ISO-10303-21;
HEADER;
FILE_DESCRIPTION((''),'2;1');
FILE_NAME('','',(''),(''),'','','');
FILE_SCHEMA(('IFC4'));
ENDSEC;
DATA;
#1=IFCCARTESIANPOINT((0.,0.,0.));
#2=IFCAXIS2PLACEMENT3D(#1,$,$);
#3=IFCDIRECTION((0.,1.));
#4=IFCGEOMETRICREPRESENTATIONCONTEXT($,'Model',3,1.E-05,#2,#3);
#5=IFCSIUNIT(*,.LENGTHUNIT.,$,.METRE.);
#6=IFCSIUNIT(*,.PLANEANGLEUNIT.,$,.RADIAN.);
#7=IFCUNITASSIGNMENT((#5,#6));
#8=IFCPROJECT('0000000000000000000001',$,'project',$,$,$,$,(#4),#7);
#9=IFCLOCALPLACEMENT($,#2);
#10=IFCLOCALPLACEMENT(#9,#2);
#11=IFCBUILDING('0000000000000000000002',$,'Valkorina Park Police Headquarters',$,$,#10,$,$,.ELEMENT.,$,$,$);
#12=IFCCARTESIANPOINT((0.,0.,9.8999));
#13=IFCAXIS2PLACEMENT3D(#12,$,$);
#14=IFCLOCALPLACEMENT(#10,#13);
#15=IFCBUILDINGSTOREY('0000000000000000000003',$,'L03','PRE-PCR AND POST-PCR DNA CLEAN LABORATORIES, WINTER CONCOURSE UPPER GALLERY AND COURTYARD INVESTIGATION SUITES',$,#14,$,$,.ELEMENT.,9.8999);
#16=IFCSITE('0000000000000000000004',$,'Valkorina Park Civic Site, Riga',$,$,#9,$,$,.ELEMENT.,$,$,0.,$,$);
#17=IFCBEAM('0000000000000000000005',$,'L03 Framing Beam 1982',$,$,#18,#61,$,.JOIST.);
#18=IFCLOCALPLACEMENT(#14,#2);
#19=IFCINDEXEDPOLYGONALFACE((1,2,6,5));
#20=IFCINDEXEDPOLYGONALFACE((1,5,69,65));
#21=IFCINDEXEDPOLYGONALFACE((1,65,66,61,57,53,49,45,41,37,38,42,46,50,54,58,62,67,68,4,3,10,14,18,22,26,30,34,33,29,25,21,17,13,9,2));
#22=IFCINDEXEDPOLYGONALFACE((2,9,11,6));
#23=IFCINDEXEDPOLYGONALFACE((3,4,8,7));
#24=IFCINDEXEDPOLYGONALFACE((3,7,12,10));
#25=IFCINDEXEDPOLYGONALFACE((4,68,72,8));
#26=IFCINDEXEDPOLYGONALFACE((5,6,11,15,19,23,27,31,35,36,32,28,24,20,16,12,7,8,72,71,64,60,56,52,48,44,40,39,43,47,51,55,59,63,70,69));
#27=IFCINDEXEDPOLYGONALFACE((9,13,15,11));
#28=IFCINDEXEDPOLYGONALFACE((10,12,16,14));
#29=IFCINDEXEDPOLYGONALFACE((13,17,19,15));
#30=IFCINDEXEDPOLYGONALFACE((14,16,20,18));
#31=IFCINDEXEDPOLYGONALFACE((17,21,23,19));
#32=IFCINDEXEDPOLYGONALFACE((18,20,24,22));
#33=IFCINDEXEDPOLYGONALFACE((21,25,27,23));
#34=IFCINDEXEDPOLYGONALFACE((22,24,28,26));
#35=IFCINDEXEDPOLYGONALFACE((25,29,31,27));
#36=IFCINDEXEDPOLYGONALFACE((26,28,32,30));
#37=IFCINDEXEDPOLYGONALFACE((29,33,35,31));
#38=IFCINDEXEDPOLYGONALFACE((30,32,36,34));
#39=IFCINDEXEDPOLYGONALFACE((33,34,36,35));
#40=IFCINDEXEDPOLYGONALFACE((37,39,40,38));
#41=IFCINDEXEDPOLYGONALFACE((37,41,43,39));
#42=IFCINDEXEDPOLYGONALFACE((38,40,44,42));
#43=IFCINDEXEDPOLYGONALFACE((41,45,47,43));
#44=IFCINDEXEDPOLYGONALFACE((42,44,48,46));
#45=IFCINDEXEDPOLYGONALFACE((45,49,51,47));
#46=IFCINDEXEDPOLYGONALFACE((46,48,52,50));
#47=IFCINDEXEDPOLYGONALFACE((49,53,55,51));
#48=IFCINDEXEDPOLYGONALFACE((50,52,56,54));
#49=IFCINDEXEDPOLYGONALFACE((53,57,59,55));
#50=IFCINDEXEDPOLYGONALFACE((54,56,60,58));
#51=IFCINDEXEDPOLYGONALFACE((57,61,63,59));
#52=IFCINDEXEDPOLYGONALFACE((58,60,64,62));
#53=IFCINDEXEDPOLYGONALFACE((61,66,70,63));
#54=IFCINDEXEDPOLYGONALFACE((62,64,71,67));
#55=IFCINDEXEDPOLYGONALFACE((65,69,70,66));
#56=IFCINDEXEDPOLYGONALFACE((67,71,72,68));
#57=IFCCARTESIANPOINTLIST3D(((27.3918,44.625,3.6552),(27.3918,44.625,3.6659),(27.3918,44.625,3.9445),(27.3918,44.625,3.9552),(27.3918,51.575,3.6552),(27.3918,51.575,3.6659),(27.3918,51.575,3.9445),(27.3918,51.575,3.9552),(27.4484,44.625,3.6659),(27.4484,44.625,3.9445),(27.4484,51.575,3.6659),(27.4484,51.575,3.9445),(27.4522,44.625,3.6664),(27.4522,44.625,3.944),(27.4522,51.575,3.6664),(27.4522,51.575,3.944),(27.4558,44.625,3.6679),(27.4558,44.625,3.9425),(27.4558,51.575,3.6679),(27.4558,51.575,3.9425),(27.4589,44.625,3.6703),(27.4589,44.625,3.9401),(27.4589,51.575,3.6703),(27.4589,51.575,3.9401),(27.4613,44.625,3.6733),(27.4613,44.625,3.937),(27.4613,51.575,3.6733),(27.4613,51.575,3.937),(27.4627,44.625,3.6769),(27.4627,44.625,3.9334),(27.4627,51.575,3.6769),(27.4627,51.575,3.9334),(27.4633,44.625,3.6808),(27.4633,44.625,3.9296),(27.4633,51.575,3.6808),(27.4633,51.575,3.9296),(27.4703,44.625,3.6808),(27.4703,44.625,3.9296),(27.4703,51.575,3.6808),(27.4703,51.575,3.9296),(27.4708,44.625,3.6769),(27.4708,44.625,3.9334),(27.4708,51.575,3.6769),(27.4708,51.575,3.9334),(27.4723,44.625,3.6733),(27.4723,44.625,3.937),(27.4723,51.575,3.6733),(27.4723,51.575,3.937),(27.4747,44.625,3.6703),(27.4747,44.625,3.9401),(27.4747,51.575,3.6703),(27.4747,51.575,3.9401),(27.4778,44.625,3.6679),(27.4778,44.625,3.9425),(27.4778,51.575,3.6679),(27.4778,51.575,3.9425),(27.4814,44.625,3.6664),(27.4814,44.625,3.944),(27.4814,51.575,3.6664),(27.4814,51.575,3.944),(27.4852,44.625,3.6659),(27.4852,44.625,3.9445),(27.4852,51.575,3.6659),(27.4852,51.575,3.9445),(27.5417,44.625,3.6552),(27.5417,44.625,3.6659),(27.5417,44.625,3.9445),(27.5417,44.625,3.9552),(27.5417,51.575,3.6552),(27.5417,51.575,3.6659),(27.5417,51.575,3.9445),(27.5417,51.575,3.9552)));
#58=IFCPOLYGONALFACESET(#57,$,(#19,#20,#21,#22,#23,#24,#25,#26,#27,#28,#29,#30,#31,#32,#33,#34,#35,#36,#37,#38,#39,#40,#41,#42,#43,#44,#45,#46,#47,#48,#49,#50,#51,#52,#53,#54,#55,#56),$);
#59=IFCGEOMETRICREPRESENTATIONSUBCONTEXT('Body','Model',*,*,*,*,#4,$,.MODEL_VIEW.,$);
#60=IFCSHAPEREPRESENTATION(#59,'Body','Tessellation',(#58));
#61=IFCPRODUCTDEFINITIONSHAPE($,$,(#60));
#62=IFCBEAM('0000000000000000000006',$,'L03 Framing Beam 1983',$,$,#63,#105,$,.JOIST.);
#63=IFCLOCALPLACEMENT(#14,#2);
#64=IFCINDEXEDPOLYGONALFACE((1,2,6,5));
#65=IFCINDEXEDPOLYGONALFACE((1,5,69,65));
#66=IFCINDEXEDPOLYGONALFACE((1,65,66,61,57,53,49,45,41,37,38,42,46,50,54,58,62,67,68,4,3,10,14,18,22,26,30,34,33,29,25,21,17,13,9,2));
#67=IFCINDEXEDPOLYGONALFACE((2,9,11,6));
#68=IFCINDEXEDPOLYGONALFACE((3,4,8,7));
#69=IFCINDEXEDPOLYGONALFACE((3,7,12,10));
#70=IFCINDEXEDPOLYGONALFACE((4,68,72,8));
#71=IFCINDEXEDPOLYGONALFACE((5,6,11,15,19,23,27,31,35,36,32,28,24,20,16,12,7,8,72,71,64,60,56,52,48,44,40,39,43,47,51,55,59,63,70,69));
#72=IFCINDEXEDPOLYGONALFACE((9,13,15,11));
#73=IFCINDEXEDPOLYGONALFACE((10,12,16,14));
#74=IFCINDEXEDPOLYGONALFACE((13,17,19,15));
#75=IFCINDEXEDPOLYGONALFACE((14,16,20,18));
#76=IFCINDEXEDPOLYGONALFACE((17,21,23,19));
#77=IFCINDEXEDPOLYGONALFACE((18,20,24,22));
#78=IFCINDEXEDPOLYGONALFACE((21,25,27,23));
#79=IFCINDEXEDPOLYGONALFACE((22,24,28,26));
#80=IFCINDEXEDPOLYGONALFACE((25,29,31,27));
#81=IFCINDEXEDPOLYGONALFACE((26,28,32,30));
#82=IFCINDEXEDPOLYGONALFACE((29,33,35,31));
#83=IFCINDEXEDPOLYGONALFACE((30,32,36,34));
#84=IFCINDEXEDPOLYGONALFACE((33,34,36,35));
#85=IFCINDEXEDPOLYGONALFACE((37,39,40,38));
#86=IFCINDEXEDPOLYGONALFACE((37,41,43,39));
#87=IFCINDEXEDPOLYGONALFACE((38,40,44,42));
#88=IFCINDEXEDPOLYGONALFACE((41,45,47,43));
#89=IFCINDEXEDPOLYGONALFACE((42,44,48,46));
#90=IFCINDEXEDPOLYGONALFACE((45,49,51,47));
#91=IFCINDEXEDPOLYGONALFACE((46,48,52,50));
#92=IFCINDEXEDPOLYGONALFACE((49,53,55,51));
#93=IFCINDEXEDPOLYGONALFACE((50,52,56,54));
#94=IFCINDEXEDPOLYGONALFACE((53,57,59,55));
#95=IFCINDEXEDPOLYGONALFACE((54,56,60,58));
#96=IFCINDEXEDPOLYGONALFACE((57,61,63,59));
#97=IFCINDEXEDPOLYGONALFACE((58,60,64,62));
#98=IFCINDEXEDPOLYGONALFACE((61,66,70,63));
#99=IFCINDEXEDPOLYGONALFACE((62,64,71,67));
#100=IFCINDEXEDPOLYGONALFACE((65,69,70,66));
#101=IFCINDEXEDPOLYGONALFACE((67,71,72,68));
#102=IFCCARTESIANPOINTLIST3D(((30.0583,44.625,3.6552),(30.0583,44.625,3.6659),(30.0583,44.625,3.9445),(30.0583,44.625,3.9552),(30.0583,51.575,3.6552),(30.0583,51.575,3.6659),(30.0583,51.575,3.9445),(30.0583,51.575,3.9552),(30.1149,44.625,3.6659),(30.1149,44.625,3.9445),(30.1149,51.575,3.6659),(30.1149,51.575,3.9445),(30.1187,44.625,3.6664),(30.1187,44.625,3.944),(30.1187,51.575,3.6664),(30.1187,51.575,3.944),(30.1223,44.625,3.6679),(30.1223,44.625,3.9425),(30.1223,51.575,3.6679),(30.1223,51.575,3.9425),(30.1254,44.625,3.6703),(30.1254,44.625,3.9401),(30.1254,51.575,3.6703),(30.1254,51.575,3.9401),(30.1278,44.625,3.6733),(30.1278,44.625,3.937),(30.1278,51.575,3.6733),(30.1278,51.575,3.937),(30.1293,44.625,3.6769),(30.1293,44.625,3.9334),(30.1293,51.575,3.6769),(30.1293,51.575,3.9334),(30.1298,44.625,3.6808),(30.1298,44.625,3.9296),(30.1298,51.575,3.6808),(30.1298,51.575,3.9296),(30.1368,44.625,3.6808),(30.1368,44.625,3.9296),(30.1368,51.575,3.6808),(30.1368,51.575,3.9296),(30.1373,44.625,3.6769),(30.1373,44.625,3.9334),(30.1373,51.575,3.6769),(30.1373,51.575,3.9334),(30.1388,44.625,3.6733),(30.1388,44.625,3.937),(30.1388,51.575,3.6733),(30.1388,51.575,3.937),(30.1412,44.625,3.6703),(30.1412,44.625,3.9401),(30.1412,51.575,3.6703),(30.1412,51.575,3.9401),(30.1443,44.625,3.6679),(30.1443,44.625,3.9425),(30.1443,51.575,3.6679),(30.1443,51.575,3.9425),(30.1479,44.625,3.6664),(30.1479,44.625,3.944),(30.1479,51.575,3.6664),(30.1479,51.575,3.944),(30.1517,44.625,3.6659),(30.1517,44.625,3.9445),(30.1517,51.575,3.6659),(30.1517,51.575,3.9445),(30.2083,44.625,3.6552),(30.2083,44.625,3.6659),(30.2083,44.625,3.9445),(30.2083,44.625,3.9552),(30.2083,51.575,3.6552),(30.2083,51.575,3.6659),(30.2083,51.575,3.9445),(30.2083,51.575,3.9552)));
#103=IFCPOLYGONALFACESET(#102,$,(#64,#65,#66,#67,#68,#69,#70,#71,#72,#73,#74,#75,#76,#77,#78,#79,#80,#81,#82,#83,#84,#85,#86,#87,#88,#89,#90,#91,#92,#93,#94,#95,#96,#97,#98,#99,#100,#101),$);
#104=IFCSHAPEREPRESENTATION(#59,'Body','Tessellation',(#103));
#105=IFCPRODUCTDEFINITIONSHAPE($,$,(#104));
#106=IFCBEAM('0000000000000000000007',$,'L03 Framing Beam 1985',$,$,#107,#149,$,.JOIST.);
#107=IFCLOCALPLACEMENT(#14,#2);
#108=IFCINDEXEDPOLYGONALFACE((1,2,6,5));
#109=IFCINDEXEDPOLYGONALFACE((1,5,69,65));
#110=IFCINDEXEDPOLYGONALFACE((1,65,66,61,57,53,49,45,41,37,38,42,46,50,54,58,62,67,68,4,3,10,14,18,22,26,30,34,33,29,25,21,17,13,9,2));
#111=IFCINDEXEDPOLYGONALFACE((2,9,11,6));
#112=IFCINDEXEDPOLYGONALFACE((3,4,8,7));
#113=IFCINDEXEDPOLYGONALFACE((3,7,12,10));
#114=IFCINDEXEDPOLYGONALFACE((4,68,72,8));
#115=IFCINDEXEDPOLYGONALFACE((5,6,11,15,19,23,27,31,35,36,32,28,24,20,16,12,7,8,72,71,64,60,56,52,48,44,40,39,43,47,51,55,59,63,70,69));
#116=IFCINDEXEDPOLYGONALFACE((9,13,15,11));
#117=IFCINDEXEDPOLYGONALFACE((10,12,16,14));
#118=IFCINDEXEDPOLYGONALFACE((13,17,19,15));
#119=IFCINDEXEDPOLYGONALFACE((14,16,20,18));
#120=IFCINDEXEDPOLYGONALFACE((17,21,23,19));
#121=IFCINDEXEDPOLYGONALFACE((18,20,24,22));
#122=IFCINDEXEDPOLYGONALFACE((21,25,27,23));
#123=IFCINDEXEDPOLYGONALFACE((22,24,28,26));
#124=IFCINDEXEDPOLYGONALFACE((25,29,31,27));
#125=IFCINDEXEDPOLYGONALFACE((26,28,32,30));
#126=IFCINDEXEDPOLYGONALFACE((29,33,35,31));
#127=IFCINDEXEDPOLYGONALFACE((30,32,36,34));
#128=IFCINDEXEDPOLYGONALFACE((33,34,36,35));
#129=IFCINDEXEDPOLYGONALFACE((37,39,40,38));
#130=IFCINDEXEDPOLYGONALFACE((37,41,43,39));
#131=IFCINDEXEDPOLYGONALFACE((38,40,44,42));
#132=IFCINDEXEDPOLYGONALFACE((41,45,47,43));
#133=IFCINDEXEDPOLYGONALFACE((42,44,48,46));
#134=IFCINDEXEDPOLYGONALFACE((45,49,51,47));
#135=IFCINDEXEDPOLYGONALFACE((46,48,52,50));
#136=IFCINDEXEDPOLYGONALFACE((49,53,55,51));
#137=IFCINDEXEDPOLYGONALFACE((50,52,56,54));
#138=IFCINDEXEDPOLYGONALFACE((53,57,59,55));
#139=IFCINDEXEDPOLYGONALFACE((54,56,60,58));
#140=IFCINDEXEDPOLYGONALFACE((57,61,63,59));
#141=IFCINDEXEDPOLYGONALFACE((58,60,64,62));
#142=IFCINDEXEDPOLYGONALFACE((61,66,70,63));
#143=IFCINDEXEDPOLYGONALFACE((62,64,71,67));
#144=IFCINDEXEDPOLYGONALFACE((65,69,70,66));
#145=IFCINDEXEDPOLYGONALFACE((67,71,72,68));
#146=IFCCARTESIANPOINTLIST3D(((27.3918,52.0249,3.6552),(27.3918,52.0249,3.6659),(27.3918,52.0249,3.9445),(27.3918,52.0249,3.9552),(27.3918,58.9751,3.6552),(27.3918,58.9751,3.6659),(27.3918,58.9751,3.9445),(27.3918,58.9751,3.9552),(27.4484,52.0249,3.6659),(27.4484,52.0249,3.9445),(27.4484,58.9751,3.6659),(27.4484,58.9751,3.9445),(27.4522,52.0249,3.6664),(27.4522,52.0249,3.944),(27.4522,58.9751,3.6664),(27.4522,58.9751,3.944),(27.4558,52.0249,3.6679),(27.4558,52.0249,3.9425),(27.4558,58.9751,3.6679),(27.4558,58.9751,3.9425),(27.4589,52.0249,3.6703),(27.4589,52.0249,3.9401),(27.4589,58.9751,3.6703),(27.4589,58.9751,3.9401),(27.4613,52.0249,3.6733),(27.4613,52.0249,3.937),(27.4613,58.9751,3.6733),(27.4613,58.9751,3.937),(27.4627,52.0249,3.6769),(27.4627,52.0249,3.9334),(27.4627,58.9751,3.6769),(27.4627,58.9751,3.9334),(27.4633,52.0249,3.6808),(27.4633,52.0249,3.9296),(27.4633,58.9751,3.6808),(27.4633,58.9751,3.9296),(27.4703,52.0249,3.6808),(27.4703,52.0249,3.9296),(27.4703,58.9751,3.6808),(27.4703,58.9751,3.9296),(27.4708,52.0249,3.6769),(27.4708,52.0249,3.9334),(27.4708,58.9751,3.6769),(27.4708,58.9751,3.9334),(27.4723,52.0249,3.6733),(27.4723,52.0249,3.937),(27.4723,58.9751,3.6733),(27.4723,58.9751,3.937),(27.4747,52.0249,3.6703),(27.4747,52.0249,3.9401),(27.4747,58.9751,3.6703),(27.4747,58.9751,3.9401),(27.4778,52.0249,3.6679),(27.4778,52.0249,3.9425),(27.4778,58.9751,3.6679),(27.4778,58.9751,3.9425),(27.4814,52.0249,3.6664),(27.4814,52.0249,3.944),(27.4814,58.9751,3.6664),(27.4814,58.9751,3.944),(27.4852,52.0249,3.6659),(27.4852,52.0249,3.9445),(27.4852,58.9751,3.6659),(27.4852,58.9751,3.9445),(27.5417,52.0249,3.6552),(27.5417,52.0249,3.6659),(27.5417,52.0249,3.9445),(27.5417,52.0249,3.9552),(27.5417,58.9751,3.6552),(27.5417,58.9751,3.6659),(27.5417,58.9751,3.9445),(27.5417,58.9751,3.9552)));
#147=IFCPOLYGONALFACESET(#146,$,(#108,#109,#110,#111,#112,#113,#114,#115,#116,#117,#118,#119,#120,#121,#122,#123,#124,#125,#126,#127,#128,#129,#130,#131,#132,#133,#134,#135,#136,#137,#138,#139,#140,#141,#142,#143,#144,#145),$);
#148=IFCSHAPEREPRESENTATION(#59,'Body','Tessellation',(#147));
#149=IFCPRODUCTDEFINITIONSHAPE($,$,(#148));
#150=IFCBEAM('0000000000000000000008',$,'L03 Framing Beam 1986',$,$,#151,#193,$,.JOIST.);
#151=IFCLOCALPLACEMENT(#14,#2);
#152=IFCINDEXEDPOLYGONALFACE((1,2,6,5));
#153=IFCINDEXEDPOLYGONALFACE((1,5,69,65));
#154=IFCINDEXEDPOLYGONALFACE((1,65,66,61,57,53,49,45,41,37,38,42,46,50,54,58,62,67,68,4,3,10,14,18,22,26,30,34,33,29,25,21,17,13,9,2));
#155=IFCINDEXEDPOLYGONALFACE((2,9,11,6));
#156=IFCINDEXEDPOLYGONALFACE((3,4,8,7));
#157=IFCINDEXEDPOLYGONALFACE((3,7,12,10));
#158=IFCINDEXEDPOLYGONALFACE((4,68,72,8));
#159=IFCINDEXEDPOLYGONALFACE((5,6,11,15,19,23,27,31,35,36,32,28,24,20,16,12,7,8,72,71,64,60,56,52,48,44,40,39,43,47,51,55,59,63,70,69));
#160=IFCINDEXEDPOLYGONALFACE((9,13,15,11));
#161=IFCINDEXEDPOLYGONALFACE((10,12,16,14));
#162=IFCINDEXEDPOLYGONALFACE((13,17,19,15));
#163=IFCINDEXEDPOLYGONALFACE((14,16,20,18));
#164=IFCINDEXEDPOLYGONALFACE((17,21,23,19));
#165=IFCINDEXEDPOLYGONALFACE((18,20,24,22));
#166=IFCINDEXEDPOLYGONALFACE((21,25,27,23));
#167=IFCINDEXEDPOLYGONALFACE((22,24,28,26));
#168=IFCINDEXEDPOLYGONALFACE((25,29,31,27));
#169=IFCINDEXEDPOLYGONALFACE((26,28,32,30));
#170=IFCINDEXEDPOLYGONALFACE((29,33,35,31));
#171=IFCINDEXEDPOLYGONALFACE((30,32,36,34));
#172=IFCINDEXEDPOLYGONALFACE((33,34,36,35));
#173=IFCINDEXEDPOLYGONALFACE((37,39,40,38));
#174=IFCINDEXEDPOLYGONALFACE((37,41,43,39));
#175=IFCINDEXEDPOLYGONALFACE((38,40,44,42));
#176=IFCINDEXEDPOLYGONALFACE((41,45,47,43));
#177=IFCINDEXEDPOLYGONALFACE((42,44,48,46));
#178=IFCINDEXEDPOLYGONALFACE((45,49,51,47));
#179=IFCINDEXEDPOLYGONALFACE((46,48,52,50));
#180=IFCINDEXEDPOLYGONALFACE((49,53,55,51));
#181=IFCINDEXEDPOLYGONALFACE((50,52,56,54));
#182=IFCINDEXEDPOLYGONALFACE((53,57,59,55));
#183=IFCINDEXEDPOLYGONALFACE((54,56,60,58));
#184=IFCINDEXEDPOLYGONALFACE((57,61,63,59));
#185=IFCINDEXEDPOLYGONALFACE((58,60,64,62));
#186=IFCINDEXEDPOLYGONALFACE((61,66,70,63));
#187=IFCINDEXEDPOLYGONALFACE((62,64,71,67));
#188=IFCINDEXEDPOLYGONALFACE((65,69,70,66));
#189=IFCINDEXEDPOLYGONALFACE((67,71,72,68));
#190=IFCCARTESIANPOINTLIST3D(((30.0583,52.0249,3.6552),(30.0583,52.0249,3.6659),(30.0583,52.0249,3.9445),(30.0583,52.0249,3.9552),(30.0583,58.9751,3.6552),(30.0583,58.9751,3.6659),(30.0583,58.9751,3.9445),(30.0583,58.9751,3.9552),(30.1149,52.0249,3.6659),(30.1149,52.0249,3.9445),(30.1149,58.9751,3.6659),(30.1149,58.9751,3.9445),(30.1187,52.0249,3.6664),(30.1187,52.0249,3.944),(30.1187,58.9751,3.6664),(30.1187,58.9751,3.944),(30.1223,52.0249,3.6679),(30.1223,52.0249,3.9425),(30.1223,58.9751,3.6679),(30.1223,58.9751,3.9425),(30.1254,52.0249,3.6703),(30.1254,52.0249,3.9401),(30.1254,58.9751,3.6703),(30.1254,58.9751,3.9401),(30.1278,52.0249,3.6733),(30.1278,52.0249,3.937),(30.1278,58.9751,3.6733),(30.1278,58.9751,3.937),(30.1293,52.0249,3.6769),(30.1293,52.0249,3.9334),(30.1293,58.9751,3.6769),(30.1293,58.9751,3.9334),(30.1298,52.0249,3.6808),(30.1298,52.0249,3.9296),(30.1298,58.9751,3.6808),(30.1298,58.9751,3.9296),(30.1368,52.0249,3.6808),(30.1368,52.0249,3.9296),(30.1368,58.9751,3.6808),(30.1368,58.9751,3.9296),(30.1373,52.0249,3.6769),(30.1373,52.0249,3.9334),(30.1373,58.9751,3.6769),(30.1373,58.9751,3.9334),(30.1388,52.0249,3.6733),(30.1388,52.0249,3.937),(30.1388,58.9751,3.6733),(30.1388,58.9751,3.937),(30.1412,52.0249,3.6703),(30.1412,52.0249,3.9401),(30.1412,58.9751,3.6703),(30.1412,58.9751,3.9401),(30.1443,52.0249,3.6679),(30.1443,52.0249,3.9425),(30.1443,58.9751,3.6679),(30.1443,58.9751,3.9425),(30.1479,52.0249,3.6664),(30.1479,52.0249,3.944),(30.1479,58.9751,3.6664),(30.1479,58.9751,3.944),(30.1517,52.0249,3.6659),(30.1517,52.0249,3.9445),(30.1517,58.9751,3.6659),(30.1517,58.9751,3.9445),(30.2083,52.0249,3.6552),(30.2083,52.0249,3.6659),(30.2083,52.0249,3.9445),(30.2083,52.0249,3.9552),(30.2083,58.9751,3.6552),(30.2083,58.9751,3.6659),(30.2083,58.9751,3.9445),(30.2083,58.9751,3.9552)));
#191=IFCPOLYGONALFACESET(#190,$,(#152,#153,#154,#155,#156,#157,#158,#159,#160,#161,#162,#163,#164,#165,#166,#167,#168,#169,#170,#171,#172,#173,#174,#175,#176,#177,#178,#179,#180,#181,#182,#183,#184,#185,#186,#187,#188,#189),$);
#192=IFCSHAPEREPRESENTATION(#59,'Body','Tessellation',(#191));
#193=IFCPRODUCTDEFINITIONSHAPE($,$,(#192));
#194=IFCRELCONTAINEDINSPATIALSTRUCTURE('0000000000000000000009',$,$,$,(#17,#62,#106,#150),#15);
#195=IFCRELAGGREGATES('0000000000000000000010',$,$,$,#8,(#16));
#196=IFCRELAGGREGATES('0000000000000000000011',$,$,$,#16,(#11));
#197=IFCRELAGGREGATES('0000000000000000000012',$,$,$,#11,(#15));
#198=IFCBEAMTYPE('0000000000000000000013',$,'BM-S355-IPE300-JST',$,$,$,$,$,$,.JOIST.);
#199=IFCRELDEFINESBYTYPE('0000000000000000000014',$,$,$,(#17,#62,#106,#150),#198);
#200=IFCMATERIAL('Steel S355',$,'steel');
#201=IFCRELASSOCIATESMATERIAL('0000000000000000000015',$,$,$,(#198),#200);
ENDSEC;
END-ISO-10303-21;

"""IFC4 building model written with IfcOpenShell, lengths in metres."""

from ifc_helpers import new_model, si_unit, direction, frame, origin, origin_2d, place, context, subcontext, project, spatial, i_section, extrude, material, material_profile, profile_set, type_object, element, save


model = new_model("IFC4")

# Units and contexts
model_context = context("Model", 3, precision=1e-05, world=origin(), true_north=direction((0.0, 1.0)))
body_context = subcontext(model_context, "Body", "Model", "MODEL_VIEW")
ifc_project = project(units=[si_unit("LENGTHUNIT", "METRE"), si_unit("PLANEANGLEUNIT", "RADIAN")], contexts=[model_context])

# Site, building, storey
site_placement = place(None, origin())
site = spatial("IfcSite", under=ifc_project, at=site_placement, Name="Valkorina Park Civic Site, Riga", CompositionType="ELEMENT", RefElevation=0.0)
building_placement = place(site_placement, origin())
building = spatial("IfcBuilding", under=site, at=building_placement, Name="Valkorina Park Police Headquarters", CompositionType="ELEMENT")
storey_placement = place(building_placement, frame((0.0, 0.0, 9.8999)))
storey = spatial("IfcBuildingStorey", under=building, at=storey_placement, Name="L03", Description="PRE-PCR AND POST-PCR DNA CLEAN LABORATORIES, WINTER CONCOURSE UPPER GALLERY AND COURTYARD INVESTIGATION SUITES", CompositionType="ELEMENT", Elevation=9.8999)

# Shared definitions
ifc_material_1 = material(Name="Steel S355", Category="steel")

# Beams
ifc_material_profile_1 = material_profile(ifc_material_1, i_section(OverallWidth=0.1499, OverallDepth=0.3, WebThickness=0.0071, FlangeThickness=0.0107, FilletRadius=0.0149, at=origin_2d()), Name="IPE 300")
ifc_profile_set_1 = profile_set([ifc_material_profile_1], Name="Steel S355")
beam_type_1 = type_object("IfcBeamType", Name="BM-S355-IPE300-JST", PredefinedType="JOIST", material=ifc_profile_set_1)
for number, where, z_axis, x_axis, name in (
    (1, (27.4668, 44.625, 3.8052), (0.0, 1.0, 0.0), (-1.0, 0.0, 0.0), "L03 Framing Beam 1982"),
    (2, (30.1333, 44.625, 3.8052), (0.0, 1.0, 0.0), (-1.0, 0.0, 0.0), "L03 Framing Beam 1983"),
):
    element("IfcBeam", number, at=place(storey_placement, frame(where, z_axis=z_axis, x_axis=x_axis)), inside=storey, type_object=beam_type_1, Name=name, PredefinedType="JOIST", context=body_context, shape_type="SweptSolid", body=[
        extrude(i_section(OverallWidth=0.1499, OverallDepth=0.3, WebThickness=0.0071, FlangeThickness=0.0107, FilletRadius=0.0149, at=origin_2d()), origin(), (0.0, 0.0, 1.0), 6.95),
    ])
for number, where, z_axis, x_axis, name in (
    (3, (27.4668, 52.0249, 3.8052), (0.0, 1.0, 0.0), (-1.0, 0.0, 0.0), "L03 Framing Beam 1985"),
    (4, (30.1333, 52.0249, 3.8052), (0.0, 1.0, 0.0), (-1.0, 0.0, 0.0), "L03 Framing Beam 1986"),
):
    element("IfcBeam", number, at=place(storey_placement, frame(where, z_axis=z_axis, x_axis=x_axis)), inside=storey, type_object=beam_type_1, Name=name, PredefinedType="JOIST", context=body_context, shape_type="SweptSolid", body=[
        extrude(i_section(OverallWidth=0.1499, OverallDepth=0.3, WebThickness=0.0071, FlangeThickness=0.0107, FilletRadius=0.0149, at=origin_2d()), origin(), (0.0, 0.0, 1.0), 6.9502),
    ])

save(model, "model.ifc")
